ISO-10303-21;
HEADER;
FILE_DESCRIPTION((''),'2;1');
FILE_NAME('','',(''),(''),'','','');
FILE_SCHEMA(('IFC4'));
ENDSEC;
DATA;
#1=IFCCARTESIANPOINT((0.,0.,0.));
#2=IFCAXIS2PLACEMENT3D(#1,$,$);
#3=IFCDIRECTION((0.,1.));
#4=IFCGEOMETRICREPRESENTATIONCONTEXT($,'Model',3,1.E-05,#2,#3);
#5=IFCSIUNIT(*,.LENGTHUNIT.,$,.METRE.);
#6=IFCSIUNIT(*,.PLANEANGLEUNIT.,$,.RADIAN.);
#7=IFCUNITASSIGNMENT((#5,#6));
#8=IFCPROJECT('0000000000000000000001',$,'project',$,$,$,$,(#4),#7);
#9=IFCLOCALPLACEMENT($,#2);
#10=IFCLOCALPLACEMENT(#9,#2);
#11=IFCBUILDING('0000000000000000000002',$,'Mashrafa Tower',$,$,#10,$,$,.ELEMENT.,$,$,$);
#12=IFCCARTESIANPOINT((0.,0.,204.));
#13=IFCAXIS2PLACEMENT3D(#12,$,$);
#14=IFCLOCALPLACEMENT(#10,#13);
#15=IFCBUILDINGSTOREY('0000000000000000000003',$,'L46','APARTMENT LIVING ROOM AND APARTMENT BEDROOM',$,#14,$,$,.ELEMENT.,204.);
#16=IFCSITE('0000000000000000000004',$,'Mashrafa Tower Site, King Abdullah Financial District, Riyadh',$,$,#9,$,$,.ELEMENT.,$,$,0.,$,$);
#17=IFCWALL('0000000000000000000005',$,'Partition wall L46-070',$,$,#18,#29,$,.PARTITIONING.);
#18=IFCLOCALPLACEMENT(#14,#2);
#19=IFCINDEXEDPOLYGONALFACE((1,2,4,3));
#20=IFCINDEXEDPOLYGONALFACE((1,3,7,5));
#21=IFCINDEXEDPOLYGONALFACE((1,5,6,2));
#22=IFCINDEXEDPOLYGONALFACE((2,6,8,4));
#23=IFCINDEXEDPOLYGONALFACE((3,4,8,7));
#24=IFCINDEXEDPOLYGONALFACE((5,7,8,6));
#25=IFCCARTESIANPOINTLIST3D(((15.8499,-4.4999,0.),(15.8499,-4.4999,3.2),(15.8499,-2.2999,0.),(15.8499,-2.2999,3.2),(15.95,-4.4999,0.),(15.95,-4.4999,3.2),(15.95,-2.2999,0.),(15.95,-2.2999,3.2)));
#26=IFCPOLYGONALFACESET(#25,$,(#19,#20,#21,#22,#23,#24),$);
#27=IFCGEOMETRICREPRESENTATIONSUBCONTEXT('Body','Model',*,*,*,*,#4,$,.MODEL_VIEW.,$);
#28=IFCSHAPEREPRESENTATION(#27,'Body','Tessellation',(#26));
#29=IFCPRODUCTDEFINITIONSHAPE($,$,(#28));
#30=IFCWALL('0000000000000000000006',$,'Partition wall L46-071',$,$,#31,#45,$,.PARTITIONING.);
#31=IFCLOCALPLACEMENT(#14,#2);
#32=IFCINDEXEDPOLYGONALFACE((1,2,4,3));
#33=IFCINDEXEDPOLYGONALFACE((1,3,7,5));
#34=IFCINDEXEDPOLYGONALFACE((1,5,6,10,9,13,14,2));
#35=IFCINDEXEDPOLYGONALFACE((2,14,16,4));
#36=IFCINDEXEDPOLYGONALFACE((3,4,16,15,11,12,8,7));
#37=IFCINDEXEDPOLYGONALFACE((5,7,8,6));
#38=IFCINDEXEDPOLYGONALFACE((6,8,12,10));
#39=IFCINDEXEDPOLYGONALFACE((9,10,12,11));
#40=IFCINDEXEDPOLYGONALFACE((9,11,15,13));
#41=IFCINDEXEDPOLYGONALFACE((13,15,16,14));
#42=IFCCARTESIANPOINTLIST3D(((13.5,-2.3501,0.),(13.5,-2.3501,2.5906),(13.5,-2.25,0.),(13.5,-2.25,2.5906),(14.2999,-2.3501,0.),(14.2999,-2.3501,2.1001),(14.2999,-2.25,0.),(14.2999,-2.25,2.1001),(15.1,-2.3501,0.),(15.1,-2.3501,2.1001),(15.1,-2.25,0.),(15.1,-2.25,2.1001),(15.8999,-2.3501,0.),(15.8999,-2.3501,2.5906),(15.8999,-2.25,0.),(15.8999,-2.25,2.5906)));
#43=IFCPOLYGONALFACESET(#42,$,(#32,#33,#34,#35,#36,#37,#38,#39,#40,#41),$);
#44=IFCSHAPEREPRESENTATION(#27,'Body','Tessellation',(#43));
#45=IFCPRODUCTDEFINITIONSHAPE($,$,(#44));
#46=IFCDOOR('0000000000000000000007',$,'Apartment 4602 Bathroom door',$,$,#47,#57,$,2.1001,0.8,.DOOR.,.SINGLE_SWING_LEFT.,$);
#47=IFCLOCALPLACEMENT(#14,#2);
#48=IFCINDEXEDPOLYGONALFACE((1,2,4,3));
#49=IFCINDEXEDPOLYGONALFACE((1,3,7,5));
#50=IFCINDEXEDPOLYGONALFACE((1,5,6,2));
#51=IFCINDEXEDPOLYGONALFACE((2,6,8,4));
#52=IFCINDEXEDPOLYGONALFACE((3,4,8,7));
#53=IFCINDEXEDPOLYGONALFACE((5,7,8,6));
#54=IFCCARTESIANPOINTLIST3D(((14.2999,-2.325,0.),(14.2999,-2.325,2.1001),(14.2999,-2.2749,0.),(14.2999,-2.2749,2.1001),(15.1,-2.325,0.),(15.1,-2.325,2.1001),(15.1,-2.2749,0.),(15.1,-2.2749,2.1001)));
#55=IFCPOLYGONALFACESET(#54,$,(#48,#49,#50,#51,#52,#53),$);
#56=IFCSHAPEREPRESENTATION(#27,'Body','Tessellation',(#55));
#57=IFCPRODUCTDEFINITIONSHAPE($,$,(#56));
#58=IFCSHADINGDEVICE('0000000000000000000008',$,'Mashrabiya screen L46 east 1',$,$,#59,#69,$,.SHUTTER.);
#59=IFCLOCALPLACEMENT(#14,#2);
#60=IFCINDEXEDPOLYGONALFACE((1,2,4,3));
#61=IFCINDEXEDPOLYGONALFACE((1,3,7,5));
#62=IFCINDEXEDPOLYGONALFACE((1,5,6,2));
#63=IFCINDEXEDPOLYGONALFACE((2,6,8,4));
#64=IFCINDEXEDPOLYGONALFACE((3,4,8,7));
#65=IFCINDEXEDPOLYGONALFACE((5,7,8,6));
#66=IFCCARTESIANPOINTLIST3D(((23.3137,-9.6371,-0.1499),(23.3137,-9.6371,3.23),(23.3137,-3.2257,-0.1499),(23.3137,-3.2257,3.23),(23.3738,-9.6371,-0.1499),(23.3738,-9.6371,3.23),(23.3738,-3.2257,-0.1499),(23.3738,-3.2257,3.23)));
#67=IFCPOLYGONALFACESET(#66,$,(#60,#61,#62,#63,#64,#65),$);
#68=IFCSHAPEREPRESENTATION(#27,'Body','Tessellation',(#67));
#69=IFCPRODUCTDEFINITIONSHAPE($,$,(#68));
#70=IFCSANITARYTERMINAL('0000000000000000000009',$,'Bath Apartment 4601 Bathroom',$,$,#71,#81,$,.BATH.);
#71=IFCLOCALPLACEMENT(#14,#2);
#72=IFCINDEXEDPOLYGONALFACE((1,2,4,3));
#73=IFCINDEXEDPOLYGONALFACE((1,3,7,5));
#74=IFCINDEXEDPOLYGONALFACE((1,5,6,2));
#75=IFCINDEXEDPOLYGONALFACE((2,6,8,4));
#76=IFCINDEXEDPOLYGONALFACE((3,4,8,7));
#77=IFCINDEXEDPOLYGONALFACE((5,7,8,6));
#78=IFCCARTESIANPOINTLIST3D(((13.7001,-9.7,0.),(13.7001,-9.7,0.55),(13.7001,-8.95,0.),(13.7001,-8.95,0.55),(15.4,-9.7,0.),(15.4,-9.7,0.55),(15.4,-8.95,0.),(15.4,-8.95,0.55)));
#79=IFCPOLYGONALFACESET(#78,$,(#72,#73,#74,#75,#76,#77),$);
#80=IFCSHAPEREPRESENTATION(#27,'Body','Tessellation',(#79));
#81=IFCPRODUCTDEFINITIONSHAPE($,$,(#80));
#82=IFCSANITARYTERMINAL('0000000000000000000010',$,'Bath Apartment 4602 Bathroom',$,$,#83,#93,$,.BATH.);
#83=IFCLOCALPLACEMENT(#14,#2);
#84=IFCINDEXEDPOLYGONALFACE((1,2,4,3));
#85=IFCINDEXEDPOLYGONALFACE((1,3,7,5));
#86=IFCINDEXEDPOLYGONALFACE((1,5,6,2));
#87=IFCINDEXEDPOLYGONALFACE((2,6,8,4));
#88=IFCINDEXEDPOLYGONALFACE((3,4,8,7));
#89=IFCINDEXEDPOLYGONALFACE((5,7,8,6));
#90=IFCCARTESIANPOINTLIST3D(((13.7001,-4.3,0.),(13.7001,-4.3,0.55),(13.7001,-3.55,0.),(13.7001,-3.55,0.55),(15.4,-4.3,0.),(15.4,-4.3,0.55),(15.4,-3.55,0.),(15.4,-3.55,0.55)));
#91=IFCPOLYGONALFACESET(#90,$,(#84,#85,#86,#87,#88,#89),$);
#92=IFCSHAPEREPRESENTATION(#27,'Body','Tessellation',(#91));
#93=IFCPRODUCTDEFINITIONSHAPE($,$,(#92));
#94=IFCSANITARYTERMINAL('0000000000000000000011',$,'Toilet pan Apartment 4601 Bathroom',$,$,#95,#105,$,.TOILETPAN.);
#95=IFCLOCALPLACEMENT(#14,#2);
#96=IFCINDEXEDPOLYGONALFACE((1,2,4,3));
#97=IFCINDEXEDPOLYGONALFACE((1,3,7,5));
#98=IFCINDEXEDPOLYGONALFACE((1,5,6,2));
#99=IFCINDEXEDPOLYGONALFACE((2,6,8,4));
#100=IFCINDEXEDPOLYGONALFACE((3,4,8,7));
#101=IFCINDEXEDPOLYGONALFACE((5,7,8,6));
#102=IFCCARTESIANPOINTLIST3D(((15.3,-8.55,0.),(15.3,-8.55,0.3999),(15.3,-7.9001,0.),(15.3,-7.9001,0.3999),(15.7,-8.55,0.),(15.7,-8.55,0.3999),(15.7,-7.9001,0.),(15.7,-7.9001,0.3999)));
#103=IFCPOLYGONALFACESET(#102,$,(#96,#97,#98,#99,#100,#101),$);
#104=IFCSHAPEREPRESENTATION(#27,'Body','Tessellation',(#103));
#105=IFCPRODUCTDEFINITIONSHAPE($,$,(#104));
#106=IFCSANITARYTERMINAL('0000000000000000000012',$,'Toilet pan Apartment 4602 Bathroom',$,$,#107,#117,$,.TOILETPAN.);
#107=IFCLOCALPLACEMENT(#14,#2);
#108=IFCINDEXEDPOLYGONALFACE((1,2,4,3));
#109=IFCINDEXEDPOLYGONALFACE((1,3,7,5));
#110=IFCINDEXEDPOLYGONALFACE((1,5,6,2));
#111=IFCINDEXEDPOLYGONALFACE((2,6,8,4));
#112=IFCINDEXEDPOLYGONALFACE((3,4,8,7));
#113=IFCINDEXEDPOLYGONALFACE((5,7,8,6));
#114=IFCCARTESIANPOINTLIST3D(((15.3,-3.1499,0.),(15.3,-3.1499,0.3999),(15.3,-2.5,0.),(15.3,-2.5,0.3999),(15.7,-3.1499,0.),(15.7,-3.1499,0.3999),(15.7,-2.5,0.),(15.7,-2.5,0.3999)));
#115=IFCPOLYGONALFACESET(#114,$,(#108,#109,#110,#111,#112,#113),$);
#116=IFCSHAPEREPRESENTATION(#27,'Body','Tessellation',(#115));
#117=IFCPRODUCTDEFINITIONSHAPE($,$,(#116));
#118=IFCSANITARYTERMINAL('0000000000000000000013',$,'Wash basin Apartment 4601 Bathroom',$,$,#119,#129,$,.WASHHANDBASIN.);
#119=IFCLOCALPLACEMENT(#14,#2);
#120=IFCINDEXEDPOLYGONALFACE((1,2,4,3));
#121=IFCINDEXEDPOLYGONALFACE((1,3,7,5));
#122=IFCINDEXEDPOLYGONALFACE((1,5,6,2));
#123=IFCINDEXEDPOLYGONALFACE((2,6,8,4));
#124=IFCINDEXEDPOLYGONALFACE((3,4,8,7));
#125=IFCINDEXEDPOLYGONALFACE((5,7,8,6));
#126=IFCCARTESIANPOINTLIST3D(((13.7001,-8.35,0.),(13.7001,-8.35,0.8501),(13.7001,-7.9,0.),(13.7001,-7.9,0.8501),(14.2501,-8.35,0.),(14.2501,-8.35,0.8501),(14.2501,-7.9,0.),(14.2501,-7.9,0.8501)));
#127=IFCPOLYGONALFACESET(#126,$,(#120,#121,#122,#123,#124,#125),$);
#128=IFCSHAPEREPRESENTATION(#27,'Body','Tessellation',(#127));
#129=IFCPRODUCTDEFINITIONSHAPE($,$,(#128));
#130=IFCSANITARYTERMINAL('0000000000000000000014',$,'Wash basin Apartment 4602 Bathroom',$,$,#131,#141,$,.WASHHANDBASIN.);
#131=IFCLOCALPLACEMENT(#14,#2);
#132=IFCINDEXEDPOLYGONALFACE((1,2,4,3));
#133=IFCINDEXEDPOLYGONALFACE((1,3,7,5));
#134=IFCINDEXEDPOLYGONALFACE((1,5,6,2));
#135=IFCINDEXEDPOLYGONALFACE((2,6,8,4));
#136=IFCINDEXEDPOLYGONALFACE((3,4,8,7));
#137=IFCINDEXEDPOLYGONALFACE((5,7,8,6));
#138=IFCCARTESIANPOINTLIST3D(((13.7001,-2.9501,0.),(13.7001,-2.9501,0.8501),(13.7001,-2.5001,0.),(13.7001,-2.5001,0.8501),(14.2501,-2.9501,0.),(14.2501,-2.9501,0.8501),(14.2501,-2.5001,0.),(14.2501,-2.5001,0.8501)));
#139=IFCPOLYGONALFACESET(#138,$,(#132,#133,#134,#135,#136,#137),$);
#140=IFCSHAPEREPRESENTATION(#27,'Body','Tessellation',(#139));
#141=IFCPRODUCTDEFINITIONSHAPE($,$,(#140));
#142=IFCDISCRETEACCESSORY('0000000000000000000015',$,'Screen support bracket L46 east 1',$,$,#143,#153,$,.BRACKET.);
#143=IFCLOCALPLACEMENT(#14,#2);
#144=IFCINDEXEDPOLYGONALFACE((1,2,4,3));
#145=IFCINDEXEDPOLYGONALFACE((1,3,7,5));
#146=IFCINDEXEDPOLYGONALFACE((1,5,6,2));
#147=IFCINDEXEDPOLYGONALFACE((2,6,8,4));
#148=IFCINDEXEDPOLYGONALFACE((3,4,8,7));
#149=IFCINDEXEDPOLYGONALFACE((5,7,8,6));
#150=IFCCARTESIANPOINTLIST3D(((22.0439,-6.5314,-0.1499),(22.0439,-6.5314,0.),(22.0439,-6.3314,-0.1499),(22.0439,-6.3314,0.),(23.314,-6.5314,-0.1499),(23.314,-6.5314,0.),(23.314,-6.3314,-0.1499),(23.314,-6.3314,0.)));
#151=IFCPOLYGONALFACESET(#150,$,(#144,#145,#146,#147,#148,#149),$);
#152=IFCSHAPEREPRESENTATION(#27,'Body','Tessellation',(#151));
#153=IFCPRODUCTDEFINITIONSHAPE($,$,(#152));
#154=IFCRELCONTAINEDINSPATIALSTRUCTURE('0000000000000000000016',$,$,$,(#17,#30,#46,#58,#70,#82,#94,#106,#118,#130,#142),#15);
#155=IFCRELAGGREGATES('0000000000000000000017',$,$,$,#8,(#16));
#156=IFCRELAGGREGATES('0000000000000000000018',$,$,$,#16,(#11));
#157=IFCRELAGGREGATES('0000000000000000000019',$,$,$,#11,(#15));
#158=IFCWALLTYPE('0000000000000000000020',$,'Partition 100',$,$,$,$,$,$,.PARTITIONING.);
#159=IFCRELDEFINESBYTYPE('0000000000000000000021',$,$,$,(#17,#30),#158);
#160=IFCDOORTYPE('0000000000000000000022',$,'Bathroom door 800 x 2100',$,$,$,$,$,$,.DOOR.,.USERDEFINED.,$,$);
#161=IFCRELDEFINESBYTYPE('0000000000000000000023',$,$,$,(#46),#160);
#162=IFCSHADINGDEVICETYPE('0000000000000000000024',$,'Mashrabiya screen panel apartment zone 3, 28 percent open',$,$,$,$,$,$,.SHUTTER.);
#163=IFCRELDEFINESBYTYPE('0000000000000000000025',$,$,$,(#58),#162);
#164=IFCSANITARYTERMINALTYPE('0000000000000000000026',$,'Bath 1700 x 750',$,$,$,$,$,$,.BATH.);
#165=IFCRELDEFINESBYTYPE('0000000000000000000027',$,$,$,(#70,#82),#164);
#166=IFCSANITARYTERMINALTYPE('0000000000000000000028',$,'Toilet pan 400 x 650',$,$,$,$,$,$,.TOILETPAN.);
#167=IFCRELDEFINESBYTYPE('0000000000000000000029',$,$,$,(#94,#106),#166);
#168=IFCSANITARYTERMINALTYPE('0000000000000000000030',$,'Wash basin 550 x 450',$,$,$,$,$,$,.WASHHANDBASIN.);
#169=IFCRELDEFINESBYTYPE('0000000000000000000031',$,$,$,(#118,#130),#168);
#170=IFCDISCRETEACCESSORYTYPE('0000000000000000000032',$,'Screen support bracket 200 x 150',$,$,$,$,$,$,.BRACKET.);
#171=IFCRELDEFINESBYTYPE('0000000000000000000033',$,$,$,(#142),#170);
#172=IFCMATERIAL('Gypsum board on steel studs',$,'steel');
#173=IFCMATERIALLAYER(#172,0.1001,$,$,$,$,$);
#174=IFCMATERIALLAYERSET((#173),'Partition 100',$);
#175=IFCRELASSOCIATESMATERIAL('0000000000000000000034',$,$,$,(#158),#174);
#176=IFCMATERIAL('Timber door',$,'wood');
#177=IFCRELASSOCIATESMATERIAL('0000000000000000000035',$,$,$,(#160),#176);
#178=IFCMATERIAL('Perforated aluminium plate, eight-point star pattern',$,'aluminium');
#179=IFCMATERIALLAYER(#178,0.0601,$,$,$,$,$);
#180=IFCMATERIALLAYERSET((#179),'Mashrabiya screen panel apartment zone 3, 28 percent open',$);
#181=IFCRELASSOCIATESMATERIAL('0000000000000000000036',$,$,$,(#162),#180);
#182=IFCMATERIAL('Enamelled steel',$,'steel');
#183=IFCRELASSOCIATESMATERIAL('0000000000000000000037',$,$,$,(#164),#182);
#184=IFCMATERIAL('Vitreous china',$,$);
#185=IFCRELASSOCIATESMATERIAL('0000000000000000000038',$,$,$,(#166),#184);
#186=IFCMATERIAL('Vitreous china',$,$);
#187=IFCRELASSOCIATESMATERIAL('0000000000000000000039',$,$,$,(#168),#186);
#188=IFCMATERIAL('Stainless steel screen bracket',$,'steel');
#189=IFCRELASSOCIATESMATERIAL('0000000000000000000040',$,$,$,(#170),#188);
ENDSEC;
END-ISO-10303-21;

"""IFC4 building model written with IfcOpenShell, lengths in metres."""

from ifc_helpers import new_model, si_unit, direction, frame, frame_2d, origin, origin_2d, place, context, subcontext, project, spatial, rectangle, extrude, source, transform, mapped, material, layer, layer_set, type_object, type_shapes, element, fill, save


model = new_model("IFC4")

# Units and contexts
model_context = context("Model", 3, precision=1e-05, world=origin(), true_north=direction((0.0, 1.0)))
body_context = subcontext(model_context, "Body", "Model", "MODEL_VIEW")
ifc_project = project(units=[si_unit("LENGTHUNIT", "METRE"), si_unit("PLANEANGLEUNIT", "RADIAN")], contexts=[model_context])

# Site, building, storey
site_placement = place(None, origin())
site = spatial("IfcSite", under=ifc_project, at=site_placement, Name="Mashrafa Tower Site, King Abdullah Financial District, Riyadh", CompositionType="ELEMENT", RefElevation=0.0)
building_placement = place(site_placement, origin())
building = spatial("IfcBuilding", under=site, at=building_placement, Name="Mashrafa Tower", CompositionType="ELEMENT")
storey_placement = place(building_placement, frame((0.0, 0.0, 204.0)))
storey = spatial("IfcBuildingStorey", under=building, at=storey_placement, Name="L46", Description="APARTMENT LIVING ROOM AND APARTMENT BEDROOM", CompositionType="ELEMENT", Elevation=204.0)

# Shared definitions
ifc_material_1 = material(Name="Gypsum board on steel studs", Category="steel")
ifc_layer_1 = layer(ifc_material_1, 0.1001)
ifc_layer_set_1 = layer_set([ifc_layer_1], Name="Partition 100")
wall_type_1 = type_object("IfcWallType", Name="Partition 100", PredefinedType="PARTITIONING", material=ifc_layer_set_1)
ifc_material_2 = material(Name="Timber door", Category="wood")
door_type_1 = type_object("IfcDoorType", Name="Bathroom door 800 x 2100", OperationType="USERDEFINED", PredefinedType="DOOR", material=ifc_material_2)

# Wall
wall_1_placement = place(storey_placement, frame((15.8999, -4.5, 0.0), z_axis=(0.0, 0.0, 1.0), x_axis=(0.0, 1.0, 0.0)))
element("IfcWall", 1, at=wall_1_placement, inside=storey, type_object=wall_type_1, Name="Partition wall L46-070", PredefinedType="PARTITIONING", context=body_context, shape_type="SweptSolid", body=[
    extrude(rectangle(XDim=2.2, YDim=0.1001, at=frame_2d((1.1001, 0.0))), origin(), (0.0, 0.0, 1.0), 3.2),
])

# Wall, opening, door
wall_2_placement = place(storey_placement, frame((15.8999, -2.3, 0.0), z_axis=(0.0, 0.0, 1.0), x_axis=(-1.0, 0.0, 0.0)))
wall_2 = element("IfcWall", 2, at=wall_2_placement, inside=storey, type_object=wall_type_1, Name="Partition wall L46-071", PredefinedType="PARTITIONING", context=body_context, shape_type="SweptSolid", body=[
    extrude(rectangle(XDim=2.3999, YDim=0.1001, at=frame_2d((1.2, 0.0))), origin(), (0.0, 0.0, 1.0), 2.5906),
])
opening_1_placement = place(wall_2_placement, frame((0.8, 0.0, 0.0)))
opening_1 = element("IfcOpeningElement", 3, at=opening_1_placement, cuts=wall_2, PredefinedType="OPENING", context=body_context, shape_type="SweptSolid", body=[
    extrude(rectangle(XDim=0.8, YDim=2.1001, at=frame_2d((0.3999, 1.05))), frame((0.0, 0.0601, 0.0), z_axis=(0.0, -1.0, 0.0), x_axis=(1.0, 0.0, 0.0)), (0.0, 0.0, 1.0), 0.1201),
])
door_1_placement = place(opening_1_placement, origin())
door_1 = element("IfcDoor", 4, at=door_1_placement, inside=storey, type_object=door_type_1, Name="Apartment 4602 Bathroom door", OperationType="SINGLE_SWING_LEFT", OverallHeight=2.1001, OverallWidth=0.8, PredefinedType="DOOR", context=body_context, shape_type="SweptSolid", body=[
    extrude(rectangle(XDim=0.8, YDim=2.1001, at=frame_2d((0.3999, 1.05))), frame((0.0, 0.0249, 0.0), z_axis=(0.0, -1.0, 0.0), x_axis=(1.0, 0.0, 0.0)), (0.0, 0.0, 1.0), 0.05),
])
fill(opening_1, door_1)

# Shading device
ifc_material_3 = material(Name="Perforated aluminium plate, eight-point star pattern", Category="aluminium")
ifc_layer_2 = layer(ifc_material_3, 0.0601)
ifc_layer_set_2 = layer_set([ifc_layer_2], Name="Mashrabiya screen panel apartment zone 3, 28 percent open")
shading_device_type = type_object("IfcShadingDeviceType", Name="Mashrabiya screen panel apartment zone 3, 28 percent open", PredefinedType="SHUTTER", material=ifc_layer_set_2)
shared_shape_1 = source(origin(), body_context, "Body", "SweptSolid", [
    extrude(rectangle(XDim=6.4114, YDim=0.0601, at=origin_2d()), origin(), (0.0, 0.0, 1.0), 3.3799),
])
type_shapes(shading_device_type, [shared_shape_1])
shading_device_placement = place(storey_placement, frame((23.3438, -6.4314, -0.1499), z_axis=(0.0, 0.0, 1.0), x_axis=(0.0, 1.0, 0.0)))
element("IfcShadingDevice", 5, at=shading_device_placement, inside=storey, type_object=shading_device_type, Name="Mashrabiya screen L46 east 1", PredefinedType="SHUTTER", context=body_context, shape_type="MappedRepresentation", body=[
    mapped(shared_shape_1, transform((0.0, 0.0, 0.0))),
])

# Sanitary terminals
ifc_material_4 = material(Name="Enamelled steel", Category="steel")
sanitary_terminal_type_1 = type_object("IfcSanitaryTerminalType", Name="Bath 1700 x 750", PredefinedType="BATH", material=ifc_material_4)
for number, where, z_axis, x_axis, name in (
    (6, (14.55, -9.325, 0.0), (0.0, 0.0, 1.0), (1.0, 0.0, 0.0), "Bath Apartment 4601 Bathroom"),
    (7, (14.55, -3.925, 0.0), (0.0, 0.0, 1.0), (1.0, 0.0, 0.0), "Bath Apartment 4602 Bathroom"),
):
    element("IfcSanitaryTerminal", number, at=place(storey_placement, frame(where, z_axis=z_axis, x_axis=x_axis)), inside=storey, type_object=sanitary_terminal_type_1, Name=name, PredefinedType="BATH", context=body_context, shape_type="SweptSolid", body=[
        extrude(rectangle(XDim=1.7, YDim=0.75, at=origin_2d()), origin(), (0.0, 0.0, 1.0), 0.55),
    ])
ifc_material_5 = material(Name="Vitreous china")
sanitary_terminal_type_2 = type_object("IfcSanitaryTerminalType", Name="Toilet pan 400 x 650", PredefinedType="TOILETPAN", material=ifc_material_5)
for number, where, z_axis, x_axis, name in (
    (8, (15.5, -8.2251, 0.0), (0.0, 0.0, 1.0), (-1.0, 0.0, 0.0), "Toilet pan Apartment 4601 Bathroom"),
    (9, (15.5, -2.825, 0.0), (0.0, 0.0, 1.0), (-1.0, 0.0, 0.0), "Toilet pan Apartment 4602 Bathroom"),
):
    element("IfcSanitaryTerminal", number, at=place(storey_placement, frame(where, z_axis=z_axis, x_axis=x_axis)), inside=storey, type_object=sanitary_terminal_type_2, Name=name, PredefinedType="TOILETPAN", context=body_context, shape_type="SweptSolid", body=[
        extrude(rectangle(XDim=0.3999, YDim=0.6499, at=origin_2d()), origin(), (0.0, 0.0, 1.0), 0.3999),
    ])
ifc_material_6 = material(Name="Vitreous china")
sanitary_terminal_type_3 = type_object("IfcSanitaryTerminalType", Name="Wash basin 550 x 450", PredefinedType="WASHHANDBASIN", material=ifc_material_6)
for number, where, z_axis, x_axis, name in (
    (10, (13.9751, -8.125, 0.0), (0.0, 0.0, 1.0), (-1.0, 0.0, 0.0), "Wash basin Apartment 4601 Bathroom"),
    (11, (13.9751, -2.7251, 0.0), (0.0, 0.0, 1.0), (-1.0, 0.0, 0.0), "Wash basin Apartment 4602 Bathroom"),
):
    element("IfcSanitaryTerminal", number, at=place(storey_placement, frame(where, z_axis=z_axis, x_axis=x_axis)), inside=storey, type_object=sanitary_terminal_type_3, Name=name, PredefinedType="WASHHANDBASIN", context=body_context, shape_type="SweptSolid", body=[
        extrude(rectangle(XDim=0.55, YDim=0.45, at=origin_2d()), origin(), (0.0, 0.0, 1.0), 0.8501),
    ])

# Discrete accessory
ifc_material_7 = material(Name="Stainless steel screen bracket", Category="steel")
discrete_accessory_type = type_object("IfcDiscreteAccessoryType", Name="Screen support bracket 200 x 150", PredefinedType="BRACKET", material=ifc_material_7)
shared_shape_2 = source(origin(), body_context, "Body", "SweptSolid", [
    extrude(rectangle(XDim=0.2, YDim=1.27, at=origin_2d()), origin(), (0.0, 0.0, 1.0), 0.1499),
])
type_shapes(discrete_accessory_type, [shared_shape_2])
discrete_accessory_placement = place(storey_placement, frame((22.679, -6.4314, -0.1499), z_axis=(0.0, 0.0, 1.0), x_axis=(0.0, 1.0, 0.0)))
element("IfcDiscreteAccessory", 12, at=discrete_accessory_placement, inside=storey, type_object=discrete_accessory_type, Name="Screen support bracket L46 east 1", PredefinedType="BRACKET", context=body_context, shape_type="MappedRepresentation", body=[
    mapped(shared_shape_2, transform((0.0, 0.0, 0.0))),
])

save(model, "model.ifc")
